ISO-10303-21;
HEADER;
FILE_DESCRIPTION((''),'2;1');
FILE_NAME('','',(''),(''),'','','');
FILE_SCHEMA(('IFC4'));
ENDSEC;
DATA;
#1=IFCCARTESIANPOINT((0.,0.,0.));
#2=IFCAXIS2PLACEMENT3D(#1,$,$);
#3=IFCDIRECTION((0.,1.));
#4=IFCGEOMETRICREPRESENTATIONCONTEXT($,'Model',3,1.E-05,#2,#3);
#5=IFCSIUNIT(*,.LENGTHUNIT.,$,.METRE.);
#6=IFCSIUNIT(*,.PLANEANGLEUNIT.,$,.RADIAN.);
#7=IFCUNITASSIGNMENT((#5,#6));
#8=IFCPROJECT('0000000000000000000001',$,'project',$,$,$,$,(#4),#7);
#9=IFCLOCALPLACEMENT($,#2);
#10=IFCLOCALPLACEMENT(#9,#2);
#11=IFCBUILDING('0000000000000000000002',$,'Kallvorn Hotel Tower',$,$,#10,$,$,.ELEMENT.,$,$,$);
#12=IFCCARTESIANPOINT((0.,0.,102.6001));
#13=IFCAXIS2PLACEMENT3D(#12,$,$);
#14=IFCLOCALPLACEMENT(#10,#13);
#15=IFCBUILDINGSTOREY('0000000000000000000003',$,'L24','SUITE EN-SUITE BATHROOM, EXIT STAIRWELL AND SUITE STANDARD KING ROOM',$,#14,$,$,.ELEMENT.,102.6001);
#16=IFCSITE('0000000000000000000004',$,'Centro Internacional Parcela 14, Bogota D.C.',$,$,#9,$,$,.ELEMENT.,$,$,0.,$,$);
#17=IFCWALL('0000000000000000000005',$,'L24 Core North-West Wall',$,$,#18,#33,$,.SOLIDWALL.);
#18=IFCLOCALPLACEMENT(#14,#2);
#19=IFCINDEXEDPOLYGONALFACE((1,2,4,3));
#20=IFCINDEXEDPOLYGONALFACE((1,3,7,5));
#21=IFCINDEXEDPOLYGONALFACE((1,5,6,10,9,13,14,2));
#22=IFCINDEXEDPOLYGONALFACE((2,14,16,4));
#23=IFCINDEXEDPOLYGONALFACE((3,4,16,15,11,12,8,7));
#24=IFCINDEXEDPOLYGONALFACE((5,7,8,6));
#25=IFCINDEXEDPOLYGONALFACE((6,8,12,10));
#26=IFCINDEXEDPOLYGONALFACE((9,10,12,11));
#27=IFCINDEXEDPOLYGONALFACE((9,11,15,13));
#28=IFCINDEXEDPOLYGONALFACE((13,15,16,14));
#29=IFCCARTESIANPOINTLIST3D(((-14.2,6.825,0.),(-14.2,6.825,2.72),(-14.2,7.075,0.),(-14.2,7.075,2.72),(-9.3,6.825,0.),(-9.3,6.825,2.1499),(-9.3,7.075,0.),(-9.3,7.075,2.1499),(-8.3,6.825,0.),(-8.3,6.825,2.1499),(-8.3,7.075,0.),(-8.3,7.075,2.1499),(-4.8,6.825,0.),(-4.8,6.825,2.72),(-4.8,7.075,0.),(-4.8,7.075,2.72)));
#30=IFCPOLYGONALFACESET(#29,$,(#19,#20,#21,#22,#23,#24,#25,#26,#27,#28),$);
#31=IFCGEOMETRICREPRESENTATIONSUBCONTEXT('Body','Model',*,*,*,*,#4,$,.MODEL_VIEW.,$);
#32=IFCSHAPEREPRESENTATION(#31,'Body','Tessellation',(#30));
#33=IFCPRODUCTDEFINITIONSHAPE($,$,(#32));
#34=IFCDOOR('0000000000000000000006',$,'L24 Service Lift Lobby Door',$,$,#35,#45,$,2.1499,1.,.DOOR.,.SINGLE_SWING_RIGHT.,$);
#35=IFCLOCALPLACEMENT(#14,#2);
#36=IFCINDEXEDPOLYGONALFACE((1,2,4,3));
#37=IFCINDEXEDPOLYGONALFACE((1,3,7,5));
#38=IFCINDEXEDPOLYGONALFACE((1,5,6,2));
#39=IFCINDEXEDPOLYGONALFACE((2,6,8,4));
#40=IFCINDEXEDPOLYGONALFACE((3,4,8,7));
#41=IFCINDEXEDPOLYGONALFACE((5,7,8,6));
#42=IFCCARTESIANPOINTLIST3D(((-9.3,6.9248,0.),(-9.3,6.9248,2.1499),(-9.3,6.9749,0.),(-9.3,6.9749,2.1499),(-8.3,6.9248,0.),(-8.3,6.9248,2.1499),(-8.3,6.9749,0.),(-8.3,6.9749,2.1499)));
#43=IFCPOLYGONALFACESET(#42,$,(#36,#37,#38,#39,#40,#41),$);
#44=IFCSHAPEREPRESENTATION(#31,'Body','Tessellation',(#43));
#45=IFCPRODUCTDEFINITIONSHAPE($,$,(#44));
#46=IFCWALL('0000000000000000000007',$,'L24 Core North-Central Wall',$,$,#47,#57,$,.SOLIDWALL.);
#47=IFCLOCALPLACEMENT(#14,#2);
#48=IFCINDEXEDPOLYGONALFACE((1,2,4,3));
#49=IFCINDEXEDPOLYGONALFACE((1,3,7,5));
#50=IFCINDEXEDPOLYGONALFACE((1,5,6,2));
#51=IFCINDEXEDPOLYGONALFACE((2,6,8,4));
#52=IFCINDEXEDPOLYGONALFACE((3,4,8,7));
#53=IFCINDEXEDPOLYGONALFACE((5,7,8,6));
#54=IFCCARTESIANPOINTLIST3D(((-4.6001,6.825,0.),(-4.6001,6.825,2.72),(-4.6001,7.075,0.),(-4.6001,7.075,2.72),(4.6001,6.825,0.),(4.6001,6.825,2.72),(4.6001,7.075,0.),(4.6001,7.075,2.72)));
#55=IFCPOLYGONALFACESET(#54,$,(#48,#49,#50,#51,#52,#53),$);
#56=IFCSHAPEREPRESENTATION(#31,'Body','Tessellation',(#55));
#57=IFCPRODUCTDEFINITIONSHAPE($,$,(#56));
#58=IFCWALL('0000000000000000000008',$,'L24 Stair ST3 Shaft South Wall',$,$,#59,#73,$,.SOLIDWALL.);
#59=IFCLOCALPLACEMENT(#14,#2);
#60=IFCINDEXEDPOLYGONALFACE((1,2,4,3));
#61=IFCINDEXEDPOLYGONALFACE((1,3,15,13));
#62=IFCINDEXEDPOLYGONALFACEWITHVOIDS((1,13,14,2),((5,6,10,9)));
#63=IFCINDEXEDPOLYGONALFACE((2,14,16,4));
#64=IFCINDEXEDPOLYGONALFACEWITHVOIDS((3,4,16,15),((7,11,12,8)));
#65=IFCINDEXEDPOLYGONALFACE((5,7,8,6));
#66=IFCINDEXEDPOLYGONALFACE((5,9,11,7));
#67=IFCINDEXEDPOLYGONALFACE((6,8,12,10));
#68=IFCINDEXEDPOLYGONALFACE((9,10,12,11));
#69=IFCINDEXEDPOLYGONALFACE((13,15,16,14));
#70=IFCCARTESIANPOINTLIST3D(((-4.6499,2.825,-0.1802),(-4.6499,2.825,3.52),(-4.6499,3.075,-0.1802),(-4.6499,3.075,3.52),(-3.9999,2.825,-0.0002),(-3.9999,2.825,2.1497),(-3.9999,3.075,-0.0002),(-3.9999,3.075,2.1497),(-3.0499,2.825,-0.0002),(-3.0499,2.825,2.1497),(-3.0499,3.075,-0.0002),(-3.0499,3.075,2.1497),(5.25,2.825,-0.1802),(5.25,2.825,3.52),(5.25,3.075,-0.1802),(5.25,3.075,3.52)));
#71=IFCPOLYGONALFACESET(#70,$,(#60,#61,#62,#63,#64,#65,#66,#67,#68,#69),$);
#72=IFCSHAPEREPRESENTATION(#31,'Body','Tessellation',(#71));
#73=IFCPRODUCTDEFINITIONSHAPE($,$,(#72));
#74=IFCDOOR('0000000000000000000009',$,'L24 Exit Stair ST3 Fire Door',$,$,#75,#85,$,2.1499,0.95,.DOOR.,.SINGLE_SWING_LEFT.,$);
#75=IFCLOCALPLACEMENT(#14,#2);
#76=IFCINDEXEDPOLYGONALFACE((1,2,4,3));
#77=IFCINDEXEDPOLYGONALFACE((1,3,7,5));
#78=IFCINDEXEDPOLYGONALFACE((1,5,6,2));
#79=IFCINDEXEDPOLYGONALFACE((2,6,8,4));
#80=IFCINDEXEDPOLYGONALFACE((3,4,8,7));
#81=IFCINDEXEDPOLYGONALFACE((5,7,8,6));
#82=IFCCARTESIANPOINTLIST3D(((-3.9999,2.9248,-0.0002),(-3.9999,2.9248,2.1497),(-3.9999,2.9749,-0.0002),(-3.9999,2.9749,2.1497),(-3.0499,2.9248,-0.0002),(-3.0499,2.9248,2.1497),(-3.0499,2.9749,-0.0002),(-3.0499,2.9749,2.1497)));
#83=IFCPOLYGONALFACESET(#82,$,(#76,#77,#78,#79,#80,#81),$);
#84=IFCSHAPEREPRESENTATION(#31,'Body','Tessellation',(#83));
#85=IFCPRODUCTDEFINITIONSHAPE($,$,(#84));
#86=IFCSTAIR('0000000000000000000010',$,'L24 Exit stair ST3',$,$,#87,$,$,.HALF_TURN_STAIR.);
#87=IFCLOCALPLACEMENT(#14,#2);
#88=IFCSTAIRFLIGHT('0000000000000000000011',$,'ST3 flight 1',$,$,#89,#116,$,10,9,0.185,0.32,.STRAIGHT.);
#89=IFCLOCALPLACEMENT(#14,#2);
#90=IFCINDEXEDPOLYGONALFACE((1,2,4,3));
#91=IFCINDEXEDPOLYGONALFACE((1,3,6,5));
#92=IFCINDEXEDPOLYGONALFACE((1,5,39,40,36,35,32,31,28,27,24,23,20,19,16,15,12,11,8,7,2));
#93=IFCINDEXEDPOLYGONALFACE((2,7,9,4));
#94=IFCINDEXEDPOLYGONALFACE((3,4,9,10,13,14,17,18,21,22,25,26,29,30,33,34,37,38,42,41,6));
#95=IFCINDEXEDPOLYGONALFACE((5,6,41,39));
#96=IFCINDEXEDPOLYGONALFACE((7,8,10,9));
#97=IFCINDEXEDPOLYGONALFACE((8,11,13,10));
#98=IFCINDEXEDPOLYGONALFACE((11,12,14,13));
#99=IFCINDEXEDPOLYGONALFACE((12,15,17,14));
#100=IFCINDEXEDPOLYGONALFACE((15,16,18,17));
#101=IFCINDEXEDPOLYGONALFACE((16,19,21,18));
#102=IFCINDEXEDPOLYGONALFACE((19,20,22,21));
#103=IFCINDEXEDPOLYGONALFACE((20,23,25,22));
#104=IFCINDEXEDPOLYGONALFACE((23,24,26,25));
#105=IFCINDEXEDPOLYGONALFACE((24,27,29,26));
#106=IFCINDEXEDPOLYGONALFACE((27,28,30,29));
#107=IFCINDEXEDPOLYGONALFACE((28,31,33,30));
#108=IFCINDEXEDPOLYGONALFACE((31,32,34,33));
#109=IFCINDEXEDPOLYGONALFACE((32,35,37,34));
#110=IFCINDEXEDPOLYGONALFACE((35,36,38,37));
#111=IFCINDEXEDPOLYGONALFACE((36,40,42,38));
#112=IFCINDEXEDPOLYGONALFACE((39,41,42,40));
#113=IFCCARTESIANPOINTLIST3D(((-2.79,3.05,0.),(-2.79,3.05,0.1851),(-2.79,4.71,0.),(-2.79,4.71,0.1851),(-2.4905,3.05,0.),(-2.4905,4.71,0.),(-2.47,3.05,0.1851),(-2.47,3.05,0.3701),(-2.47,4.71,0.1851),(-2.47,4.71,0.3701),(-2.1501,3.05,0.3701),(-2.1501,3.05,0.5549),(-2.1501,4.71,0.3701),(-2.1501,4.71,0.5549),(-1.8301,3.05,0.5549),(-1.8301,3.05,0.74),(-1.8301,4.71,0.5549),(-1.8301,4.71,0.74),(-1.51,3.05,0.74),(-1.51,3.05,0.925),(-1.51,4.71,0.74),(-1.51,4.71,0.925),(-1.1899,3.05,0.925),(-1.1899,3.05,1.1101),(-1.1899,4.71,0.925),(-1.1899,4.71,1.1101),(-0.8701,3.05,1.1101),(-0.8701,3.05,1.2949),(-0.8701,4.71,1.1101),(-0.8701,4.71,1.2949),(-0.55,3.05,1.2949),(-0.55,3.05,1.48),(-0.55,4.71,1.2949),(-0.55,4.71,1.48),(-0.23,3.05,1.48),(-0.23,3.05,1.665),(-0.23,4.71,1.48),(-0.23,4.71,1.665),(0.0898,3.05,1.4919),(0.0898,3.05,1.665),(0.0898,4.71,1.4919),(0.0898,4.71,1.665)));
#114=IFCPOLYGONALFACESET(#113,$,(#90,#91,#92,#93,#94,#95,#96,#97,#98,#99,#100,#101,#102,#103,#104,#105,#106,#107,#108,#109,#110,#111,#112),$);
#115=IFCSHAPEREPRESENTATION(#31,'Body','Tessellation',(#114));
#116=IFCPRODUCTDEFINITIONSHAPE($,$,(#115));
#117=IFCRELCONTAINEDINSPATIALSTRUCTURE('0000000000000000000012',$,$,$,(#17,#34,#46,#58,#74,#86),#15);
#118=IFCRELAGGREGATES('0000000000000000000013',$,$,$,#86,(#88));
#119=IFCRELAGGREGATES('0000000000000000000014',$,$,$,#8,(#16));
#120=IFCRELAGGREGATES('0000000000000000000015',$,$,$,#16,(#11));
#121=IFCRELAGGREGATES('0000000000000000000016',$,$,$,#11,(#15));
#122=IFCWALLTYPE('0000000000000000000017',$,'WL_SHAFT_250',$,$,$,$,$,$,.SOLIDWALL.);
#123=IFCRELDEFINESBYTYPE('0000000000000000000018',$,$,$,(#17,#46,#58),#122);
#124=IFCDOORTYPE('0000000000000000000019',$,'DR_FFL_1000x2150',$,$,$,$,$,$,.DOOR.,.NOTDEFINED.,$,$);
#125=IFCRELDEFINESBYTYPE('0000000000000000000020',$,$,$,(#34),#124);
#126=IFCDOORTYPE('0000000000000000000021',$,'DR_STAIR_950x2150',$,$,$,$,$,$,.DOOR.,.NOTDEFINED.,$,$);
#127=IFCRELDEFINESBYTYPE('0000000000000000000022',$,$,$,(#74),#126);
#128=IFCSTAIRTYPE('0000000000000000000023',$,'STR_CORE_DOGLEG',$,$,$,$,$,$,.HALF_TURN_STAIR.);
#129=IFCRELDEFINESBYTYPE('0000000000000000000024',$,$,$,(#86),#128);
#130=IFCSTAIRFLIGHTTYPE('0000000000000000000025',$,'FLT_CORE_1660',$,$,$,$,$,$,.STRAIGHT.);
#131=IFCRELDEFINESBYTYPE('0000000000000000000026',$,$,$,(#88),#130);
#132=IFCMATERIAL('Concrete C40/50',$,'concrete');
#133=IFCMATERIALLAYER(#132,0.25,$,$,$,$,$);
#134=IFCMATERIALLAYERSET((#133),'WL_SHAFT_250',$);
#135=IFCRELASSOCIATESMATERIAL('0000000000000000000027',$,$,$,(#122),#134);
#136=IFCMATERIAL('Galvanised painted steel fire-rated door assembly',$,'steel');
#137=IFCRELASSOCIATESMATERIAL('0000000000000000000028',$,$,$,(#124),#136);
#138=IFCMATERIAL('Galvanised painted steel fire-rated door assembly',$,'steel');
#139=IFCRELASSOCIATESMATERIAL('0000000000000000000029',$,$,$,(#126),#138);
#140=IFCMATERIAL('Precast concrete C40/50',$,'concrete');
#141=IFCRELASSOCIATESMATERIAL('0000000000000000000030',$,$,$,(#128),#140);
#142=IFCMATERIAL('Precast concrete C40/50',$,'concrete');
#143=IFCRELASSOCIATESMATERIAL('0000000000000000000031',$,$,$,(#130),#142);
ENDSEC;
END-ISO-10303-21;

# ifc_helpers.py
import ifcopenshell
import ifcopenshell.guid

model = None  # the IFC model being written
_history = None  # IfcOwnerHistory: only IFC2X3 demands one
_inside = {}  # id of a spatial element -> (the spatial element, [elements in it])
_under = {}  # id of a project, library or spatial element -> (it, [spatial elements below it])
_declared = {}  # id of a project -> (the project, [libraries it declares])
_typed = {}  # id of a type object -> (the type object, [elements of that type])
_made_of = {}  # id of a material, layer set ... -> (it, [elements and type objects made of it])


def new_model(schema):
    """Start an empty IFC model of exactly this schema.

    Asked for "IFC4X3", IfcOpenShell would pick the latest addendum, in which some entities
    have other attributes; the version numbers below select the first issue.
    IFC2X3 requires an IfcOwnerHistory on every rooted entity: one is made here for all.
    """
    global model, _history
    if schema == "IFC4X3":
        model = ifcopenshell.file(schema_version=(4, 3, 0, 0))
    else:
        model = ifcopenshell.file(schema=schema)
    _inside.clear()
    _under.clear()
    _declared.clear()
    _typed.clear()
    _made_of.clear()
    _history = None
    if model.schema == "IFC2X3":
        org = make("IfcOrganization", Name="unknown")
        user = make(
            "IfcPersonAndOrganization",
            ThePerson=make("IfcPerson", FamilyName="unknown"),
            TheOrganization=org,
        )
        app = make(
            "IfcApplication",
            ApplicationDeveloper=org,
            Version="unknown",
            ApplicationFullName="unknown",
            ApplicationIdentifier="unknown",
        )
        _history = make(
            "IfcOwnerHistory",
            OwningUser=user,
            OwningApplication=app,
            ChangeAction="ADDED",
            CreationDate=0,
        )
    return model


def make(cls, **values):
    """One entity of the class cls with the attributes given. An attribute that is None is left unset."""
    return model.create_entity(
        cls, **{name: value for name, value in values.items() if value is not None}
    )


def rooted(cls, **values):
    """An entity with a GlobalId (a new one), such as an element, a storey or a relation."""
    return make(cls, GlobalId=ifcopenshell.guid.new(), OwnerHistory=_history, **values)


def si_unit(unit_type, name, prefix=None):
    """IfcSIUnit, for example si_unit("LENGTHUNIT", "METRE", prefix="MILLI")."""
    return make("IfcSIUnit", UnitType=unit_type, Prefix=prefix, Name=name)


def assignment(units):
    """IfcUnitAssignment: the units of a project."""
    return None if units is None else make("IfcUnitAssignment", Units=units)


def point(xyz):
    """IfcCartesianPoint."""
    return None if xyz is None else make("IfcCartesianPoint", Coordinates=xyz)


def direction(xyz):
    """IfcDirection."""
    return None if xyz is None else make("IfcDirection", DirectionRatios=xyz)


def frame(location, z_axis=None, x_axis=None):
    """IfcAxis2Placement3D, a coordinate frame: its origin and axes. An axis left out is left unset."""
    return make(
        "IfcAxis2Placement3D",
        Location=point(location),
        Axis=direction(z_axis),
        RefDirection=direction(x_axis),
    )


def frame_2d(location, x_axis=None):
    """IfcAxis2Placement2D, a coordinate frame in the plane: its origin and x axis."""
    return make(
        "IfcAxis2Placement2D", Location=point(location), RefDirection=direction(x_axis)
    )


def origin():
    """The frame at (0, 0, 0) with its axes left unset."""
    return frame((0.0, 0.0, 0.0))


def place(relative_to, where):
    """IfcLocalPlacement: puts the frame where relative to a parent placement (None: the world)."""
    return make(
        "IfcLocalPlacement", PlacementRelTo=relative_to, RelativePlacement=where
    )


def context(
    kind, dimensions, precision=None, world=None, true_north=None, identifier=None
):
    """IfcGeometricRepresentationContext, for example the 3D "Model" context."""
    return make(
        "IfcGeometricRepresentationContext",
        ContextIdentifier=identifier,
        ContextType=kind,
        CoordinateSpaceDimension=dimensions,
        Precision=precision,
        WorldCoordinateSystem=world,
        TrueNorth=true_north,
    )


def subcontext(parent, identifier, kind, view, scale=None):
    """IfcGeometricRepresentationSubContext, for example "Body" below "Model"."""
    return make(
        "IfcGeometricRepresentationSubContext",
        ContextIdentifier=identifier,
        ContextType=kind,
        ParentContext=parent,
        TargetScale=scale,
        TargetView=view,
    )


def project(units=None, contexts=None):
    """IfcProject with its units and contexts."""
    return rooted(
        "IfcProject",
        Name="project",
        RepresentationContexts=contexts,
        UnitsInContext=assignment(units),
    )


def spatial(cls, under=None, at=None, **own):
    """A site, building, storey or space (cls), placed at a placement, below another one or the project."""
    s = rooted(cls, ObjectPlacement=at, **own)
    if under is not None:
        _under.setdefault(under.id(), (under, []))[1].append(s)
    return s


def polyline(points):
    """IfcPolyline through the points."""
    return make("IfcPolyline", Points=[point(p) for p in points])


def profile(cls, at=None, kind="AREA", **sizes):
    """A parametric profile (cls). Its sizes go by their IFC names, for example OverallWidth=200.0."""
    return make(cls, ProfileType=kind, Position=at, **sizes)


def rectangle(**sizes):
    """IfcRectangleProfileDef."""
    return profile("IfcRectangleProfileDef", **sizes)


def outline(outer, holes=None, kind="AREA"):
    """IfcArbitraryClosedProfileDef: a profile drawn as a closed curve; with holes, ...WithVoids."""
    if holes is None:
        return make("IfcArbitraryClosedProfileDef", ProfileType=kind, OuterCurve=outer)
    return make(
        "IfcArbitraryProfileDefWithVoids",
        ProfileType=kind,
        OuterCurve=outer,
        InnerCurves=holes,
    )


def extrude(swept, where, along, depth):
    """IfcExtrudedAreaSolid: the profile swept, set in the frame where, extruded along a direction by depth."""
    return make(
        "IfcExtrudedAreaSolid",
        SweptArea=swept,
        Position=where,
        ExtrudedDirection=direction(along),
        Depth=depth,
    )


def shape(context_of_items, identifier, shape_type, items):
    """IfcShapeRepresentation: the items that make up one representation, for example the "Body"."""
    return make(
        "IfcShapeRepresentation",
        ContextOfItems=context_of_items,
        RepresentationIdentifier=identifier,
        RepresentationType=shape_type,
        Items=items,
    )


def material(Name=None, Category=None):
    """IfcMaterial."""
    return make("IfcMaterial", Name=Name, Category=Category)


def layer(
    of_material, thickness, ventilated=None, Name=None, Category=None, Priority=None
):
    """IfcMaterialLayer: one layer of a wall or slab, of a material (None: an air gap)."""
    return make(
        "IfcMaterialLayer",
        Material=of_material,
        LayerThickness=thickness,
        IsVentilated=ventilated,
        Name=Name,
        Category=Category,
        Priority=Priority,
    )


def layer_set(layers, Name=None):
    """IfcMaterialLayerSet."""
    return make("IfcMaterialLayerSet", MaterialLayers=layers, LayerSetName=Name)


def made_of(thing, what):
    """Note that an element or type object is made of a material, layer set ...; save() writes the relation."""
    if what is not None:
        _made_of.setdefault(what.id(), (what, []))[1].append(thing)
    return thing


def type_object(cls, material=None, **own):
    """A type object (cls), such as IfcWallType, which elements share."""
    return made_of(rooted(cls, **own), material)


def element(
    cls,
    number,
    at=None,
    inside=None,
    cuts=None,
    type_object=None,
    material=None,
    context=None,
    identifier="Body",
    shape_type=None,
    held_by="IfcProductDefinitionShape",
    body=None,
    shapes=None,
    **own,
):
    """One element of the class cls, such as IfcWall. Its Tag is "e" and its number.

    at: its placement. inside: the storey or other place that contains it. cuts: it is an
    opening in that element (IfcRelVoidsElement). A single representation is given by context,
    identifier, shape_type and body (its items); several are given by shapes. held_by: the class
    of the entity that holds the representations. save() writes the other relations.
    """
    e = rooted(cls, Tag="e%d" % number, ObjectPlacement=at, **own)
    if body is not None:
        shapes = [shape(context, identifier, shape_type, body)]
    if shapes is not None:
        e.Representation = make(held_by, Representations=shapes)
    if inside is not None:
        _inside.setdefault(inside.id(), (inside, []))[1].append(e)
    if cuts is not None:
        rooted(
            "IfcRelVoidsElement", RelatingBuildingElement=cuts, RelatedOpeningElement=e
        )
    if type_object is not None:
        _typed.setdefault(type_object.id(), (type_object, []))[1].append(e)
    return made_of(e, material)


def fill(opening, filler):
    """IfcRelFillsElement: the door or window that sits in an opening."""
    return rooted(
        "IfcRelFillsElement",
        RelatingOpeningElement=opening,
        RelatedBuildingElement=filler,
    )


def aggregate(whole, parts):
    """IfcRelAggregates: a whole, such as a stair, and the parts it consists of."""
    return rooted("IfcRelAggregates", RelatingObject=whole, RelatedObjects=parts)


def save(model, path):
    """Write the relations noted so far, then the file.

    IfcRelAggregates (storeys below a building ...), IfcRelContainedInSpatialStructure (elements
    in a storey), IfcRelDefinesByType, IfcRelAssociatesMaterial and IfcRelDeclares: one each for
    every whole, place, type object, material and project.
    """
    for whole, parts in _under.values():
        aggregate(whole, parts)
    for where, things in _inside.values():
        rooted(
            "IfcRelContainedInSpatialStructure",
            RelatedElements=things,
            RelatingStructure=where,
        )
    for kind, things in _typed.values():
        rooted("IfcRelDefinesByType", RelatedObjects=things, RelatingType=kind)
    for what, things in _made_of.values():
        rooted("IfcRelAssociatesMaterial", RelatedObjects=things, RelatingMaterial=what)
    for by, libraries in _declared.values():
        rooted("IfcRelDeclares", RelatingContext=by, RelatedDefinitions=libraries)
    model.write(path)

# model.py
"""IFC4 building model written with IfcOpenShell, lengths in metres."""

from ifc_helpers import new_model, si_unit, direction, frame, frame_2d, origin, place, context, subcontext, project, spatial, polyline, rectangle, outline, extrude, material, layer, layer_set, type_object, element, fill, aggregate, save


model = new_model("IFC4")

# Units and contexts
model_context = context("Model", 3, precision=1e-05, world=origin(), true_north=direction((0.0, 1.0)))
body_context = subcontext(model_context, "Body", "Model", "MODEL_VIEW")
ifc_project = project(units=[si_unit("LENGTHUNIT", "METRE"), si_unit("PLANEANGLEUNIT", "RADIAN")], contexts=[model_context])

# Site, building, storey
site_placement = place(None, origin())
site = spatial("IfcSite", under=ifc_project, at=site_placement, Name="Centro Internacional Parcela 14, Bogota D.C.", CompositionType="ELEMENT", RefElevation=0.0)
building_placement = place(site_placement, origin())
building = spatial("IfcBuilding", under=site, at=building_placement, Name="Kallvorn Hotel Tower", CompositionType="ELEMENT")
storey_placement = place(building_placement, frame((0.0, 0.0, 102.6001)))
storey = spatial("IfcBuildingStorey", under=building, at=storey_placement, Name="L24", Description="SUITE EN-SUITE BATHROOM, EXIT STAIRWELL AND SUITE STANDARD KING ROOM", CompositionType="ELEMENT", Elevation=102.6001)

# Wall, opening, door
ifc_material_1 = material(Name="Concrete C40/50", Category="concrete")
ifc_layer_1 = layer(ifc_material_1, 0.25)
ifc_layer_set_1 = layer_set([ifc_layer_1], Name="WL_SHAFT_250")
wall_type_1 = type_object("IfcWallType", Name="WL_SHAFT_250", PredefinedType="SOLIDWALL", material=ifc_layer_set_1)
wall_1_placement = place(storey_placement, frame((-14.2, 6.95, 0.0), z_axis=(0.0, 0.0, 1.0), x_axis=(1.0, 0.0, 0.0)))
wall_1 = element("IfcWall", 1, at=wall_1_placement, inside=storey, type_object=wall_type_1, Name="L24 Core North-West Wall", PredefinedType="SOLIDWALL", context=body_context, shape_type="SweptSolid", body=[
    extrude(rectangle(XDim=9.3999, YDim=0.25, at=frame_2d((4.7, 0.0))), origin(), (0.0, 0.0, 1.0), 2.72),
])
opening_1_placement = place(wall_1_placement, frame((4.8999, 0.0, 0.0)))
opening_1 = element("IfcOpeningElement", 2, at=opening_1_placement, cuts=wall_1, PredefinedType="OPENING", context=body_context, shape_type="SweptSolid", body=[
    extrude(rectangle(XDim=1.0, YDim=2.1499, at=frame_2d((0.5, 1.075))), frame((0.0, 0.1399, 0.0), z_axis=(0.0, -1.0, 0.0), x_axis=(1.0, 0.0, 0.0)), (0.0, 0.0, 1.0), 0.28),
])
ifc_material_2 = material(Name="Galvanised painted steel fire-rated door assembly", Category="steel")
door_type_1 = type_object("IfcDoorType", Name="DR_FFL_1000x2150", OperationType="NOTDEFINED", PredefinedType="DOOR", material=ifc_material_2)
door_1_placement = place(opening_1_placement, origin())
door_1 = element("IfcDoor", 3, at=door_1_placement, inside=storey, type_object=door_type_1, Name="L24 Service Lift Lobby Door", OperationType="SINGLE_SWING_RIGHT", OverallHeight=2.1499, OverallWidth=1.0, PredefinedType="DOOR", context=body_context, shape_type="SweptSolid", body=[
    extrude(rectangle(XDim=1.0, YDim=2.1499, at=frame_2d((0.5, 1.075))), frame((0.0, 0.0249, 0.0), z_axis=(0.0, -1.0, 0.0), x_axis=(1.0, 0.0, 0.0)), (0.0, 0.0, 1.0), 0.05),
])
fill(opening_1, door_1)

# Wall
wall_2_placement = place(storey_placement, frame((-4.6001, 6.95, 0.0), z_axis=(0.0, 0.0, 1.0), x_axis=(1.0, 0.0, 0.0)))
element("IfcWall", 4, at=wall_2_placement, inside=storey, type_object=wall_type_1, Name="L24 Core North-Central Wall", PredefinedType="SOLIDWALL", context=body_context, shape_type="SweptSolid", body=[
    extrude(rectangle(XDim=9.2002, YDim=0.25, at=frame_2d((4.6001, 0.0))), origin(), (0.0, 0.0, 1.0), 2.72),
])

# Wall, opening, door
wall_3_placement = place(storey_placement, frame((-4.6499, 2.95, -0.1802), z_axis=(0.0, 0.0, 1.0), x_axis=(1.0, 0.0, 0.0)))
wall_3 = element("IfcWall", 5, at=wall_3_placement, inside=storey, type_object=wall_type_1, Name="L24 Stair ST3 Shaft South Wall", PredefinedType="SOLIDWALL", context=body_context, shape_type="SweptSolid", body=[
    extrude(rectangle(XDim=9.8999, YDim=0.25, at=frame_2d((4.95, 0.0))), origin(), (0.0, 0.0, 1.0), 3.7002),
])
opening_2_placement = place(wall_3_placement, frame((0.6499, 0.0, 0.1799)))
opening_2 = element("IfcOpeningElement", 6, at=opening_2_placement, cuts=wall_3, PredefinedType="OPENING", context=body_context, shape_type="SweptSolid", body=[
    extrude(rectangle(XDim=0.95, YDim=2.1499, at=frame_2d((0.4751, 1.075))), frame((0.0, 0.1399, 0.0), z_axis=(0.0, -1.0, 0.0), x_axis=(1.0, 0.0, 0.0)), (0.0, 0.0, 1.0), 0.28),
])
ifc_material_3 = material(Name="Galvanised painted steel fire-rated door assembly", Category="steel")
door_type_2 = type_object("IfcDoorType", Name="DR_STAIR_950x2150", OperationType="NOTDEFINED", PredefinedType="DOOR", material=ifc_material_3)
door_2_placement = place(opening_2_placement, origin())
door_2 = element("IfcDoor", 7, at=door_2_placement, inside=storey, type_object=door_type_2, Name="L24 Exit Stair ST3 Fire Door", OperationType="SINGLE_SWING_LEFT", OverallHeight=2.1499, OverallWidth=0.95, PredefinedType="DOOR", context=body_context, shape_type="SweptSolid", body=[
    extrude(rectangle(XDim=0.95, YDim=2.1499, at=frame_2d((0.4751, 1.075))), frame((0.0, 0.0249, 0.0), z_axis=(0.0, -1.0, 0.0), x_axis=(1.0, 0.0, 0.0)), (0.0, 0.0, 1.0), 0.05),
])
fill(opening_2, door_2)

# Stair, stair flight
ifc_material_4 = material(Name="Precast concrete C40/50", Category="concrete")
stair_type = type_object("IfcStairType", Name="STR_CORE_DOGLEG", PredefinedType="HALF_TURN_STAIR", material=ifc_material_4)
stair_placement = place(storey_placement, origin())
stair = element("IfcStair", 8, at=stair_placement, inside=storey, type_object=stair_type, Name="L24 Exit stair ST3", PredefinedType="HALF_TURN_STAIR")
ifc_material_5 = material(Name="Precast concrete C40/50", Category="concrete")
stair_flight_type = type_object("IfcStairFlightType", Name="FLT_CORE_1660", PredefinedType="STRAIGHT", material=ifc_material_5)
stair_flight_placement = place(storey_placement, frame((-2.79, 3.8799, 0.0), z_axis=(0.0, 0.0, 1.0), x_axis=(1.0, 0.0, 0.0)))
stair_flight = element("IfcStairFlight", 9, at=stair_flight_placement, type_object=stair_flight_type, Name="ST3 flight 1", NumberOfRisers=10, NumberOfTreads=9, PredefinedType="STRAIGHT", RiserHeight=0.185, TreadLength=0.32, context=body_context, shape_type="SweptSolid", body=[
    extrude(outline(polyline([(0.0, 0.0), (0.0, 0.1851), (0.3201, 0.1851), (0.3201, 0.3701), (0.6399, 0.3701), (0.6399, 0.5549), (0.96, 0.5549), (0.96, 0.74), (1.28, 0.74), (1.28, 0.925), (1.6001, 0.925), (1.6001, 1.1101), (1.9199, 1.1101), (1.9199, 1.2949), (2.24, 1.2949), (2.24, 1.48), (2.5601, 1.48), (2.5601, 1.665), (2.8799, 1.665), (2.8799, 1.8501), (2.8799, 1.4919), (0.2996, 0.0), (0.0, 0.0)])), frame((0.0, 0.8301, 0.0), z_axis=(0.0, -1.0, 0.0), x_axis=(1.0, 0.0, 0.0)), (0.0, 0.0, 1.0), 1.6599),
])
aggregate(stair, [stair_flight])

save(model, "model.ifc")
